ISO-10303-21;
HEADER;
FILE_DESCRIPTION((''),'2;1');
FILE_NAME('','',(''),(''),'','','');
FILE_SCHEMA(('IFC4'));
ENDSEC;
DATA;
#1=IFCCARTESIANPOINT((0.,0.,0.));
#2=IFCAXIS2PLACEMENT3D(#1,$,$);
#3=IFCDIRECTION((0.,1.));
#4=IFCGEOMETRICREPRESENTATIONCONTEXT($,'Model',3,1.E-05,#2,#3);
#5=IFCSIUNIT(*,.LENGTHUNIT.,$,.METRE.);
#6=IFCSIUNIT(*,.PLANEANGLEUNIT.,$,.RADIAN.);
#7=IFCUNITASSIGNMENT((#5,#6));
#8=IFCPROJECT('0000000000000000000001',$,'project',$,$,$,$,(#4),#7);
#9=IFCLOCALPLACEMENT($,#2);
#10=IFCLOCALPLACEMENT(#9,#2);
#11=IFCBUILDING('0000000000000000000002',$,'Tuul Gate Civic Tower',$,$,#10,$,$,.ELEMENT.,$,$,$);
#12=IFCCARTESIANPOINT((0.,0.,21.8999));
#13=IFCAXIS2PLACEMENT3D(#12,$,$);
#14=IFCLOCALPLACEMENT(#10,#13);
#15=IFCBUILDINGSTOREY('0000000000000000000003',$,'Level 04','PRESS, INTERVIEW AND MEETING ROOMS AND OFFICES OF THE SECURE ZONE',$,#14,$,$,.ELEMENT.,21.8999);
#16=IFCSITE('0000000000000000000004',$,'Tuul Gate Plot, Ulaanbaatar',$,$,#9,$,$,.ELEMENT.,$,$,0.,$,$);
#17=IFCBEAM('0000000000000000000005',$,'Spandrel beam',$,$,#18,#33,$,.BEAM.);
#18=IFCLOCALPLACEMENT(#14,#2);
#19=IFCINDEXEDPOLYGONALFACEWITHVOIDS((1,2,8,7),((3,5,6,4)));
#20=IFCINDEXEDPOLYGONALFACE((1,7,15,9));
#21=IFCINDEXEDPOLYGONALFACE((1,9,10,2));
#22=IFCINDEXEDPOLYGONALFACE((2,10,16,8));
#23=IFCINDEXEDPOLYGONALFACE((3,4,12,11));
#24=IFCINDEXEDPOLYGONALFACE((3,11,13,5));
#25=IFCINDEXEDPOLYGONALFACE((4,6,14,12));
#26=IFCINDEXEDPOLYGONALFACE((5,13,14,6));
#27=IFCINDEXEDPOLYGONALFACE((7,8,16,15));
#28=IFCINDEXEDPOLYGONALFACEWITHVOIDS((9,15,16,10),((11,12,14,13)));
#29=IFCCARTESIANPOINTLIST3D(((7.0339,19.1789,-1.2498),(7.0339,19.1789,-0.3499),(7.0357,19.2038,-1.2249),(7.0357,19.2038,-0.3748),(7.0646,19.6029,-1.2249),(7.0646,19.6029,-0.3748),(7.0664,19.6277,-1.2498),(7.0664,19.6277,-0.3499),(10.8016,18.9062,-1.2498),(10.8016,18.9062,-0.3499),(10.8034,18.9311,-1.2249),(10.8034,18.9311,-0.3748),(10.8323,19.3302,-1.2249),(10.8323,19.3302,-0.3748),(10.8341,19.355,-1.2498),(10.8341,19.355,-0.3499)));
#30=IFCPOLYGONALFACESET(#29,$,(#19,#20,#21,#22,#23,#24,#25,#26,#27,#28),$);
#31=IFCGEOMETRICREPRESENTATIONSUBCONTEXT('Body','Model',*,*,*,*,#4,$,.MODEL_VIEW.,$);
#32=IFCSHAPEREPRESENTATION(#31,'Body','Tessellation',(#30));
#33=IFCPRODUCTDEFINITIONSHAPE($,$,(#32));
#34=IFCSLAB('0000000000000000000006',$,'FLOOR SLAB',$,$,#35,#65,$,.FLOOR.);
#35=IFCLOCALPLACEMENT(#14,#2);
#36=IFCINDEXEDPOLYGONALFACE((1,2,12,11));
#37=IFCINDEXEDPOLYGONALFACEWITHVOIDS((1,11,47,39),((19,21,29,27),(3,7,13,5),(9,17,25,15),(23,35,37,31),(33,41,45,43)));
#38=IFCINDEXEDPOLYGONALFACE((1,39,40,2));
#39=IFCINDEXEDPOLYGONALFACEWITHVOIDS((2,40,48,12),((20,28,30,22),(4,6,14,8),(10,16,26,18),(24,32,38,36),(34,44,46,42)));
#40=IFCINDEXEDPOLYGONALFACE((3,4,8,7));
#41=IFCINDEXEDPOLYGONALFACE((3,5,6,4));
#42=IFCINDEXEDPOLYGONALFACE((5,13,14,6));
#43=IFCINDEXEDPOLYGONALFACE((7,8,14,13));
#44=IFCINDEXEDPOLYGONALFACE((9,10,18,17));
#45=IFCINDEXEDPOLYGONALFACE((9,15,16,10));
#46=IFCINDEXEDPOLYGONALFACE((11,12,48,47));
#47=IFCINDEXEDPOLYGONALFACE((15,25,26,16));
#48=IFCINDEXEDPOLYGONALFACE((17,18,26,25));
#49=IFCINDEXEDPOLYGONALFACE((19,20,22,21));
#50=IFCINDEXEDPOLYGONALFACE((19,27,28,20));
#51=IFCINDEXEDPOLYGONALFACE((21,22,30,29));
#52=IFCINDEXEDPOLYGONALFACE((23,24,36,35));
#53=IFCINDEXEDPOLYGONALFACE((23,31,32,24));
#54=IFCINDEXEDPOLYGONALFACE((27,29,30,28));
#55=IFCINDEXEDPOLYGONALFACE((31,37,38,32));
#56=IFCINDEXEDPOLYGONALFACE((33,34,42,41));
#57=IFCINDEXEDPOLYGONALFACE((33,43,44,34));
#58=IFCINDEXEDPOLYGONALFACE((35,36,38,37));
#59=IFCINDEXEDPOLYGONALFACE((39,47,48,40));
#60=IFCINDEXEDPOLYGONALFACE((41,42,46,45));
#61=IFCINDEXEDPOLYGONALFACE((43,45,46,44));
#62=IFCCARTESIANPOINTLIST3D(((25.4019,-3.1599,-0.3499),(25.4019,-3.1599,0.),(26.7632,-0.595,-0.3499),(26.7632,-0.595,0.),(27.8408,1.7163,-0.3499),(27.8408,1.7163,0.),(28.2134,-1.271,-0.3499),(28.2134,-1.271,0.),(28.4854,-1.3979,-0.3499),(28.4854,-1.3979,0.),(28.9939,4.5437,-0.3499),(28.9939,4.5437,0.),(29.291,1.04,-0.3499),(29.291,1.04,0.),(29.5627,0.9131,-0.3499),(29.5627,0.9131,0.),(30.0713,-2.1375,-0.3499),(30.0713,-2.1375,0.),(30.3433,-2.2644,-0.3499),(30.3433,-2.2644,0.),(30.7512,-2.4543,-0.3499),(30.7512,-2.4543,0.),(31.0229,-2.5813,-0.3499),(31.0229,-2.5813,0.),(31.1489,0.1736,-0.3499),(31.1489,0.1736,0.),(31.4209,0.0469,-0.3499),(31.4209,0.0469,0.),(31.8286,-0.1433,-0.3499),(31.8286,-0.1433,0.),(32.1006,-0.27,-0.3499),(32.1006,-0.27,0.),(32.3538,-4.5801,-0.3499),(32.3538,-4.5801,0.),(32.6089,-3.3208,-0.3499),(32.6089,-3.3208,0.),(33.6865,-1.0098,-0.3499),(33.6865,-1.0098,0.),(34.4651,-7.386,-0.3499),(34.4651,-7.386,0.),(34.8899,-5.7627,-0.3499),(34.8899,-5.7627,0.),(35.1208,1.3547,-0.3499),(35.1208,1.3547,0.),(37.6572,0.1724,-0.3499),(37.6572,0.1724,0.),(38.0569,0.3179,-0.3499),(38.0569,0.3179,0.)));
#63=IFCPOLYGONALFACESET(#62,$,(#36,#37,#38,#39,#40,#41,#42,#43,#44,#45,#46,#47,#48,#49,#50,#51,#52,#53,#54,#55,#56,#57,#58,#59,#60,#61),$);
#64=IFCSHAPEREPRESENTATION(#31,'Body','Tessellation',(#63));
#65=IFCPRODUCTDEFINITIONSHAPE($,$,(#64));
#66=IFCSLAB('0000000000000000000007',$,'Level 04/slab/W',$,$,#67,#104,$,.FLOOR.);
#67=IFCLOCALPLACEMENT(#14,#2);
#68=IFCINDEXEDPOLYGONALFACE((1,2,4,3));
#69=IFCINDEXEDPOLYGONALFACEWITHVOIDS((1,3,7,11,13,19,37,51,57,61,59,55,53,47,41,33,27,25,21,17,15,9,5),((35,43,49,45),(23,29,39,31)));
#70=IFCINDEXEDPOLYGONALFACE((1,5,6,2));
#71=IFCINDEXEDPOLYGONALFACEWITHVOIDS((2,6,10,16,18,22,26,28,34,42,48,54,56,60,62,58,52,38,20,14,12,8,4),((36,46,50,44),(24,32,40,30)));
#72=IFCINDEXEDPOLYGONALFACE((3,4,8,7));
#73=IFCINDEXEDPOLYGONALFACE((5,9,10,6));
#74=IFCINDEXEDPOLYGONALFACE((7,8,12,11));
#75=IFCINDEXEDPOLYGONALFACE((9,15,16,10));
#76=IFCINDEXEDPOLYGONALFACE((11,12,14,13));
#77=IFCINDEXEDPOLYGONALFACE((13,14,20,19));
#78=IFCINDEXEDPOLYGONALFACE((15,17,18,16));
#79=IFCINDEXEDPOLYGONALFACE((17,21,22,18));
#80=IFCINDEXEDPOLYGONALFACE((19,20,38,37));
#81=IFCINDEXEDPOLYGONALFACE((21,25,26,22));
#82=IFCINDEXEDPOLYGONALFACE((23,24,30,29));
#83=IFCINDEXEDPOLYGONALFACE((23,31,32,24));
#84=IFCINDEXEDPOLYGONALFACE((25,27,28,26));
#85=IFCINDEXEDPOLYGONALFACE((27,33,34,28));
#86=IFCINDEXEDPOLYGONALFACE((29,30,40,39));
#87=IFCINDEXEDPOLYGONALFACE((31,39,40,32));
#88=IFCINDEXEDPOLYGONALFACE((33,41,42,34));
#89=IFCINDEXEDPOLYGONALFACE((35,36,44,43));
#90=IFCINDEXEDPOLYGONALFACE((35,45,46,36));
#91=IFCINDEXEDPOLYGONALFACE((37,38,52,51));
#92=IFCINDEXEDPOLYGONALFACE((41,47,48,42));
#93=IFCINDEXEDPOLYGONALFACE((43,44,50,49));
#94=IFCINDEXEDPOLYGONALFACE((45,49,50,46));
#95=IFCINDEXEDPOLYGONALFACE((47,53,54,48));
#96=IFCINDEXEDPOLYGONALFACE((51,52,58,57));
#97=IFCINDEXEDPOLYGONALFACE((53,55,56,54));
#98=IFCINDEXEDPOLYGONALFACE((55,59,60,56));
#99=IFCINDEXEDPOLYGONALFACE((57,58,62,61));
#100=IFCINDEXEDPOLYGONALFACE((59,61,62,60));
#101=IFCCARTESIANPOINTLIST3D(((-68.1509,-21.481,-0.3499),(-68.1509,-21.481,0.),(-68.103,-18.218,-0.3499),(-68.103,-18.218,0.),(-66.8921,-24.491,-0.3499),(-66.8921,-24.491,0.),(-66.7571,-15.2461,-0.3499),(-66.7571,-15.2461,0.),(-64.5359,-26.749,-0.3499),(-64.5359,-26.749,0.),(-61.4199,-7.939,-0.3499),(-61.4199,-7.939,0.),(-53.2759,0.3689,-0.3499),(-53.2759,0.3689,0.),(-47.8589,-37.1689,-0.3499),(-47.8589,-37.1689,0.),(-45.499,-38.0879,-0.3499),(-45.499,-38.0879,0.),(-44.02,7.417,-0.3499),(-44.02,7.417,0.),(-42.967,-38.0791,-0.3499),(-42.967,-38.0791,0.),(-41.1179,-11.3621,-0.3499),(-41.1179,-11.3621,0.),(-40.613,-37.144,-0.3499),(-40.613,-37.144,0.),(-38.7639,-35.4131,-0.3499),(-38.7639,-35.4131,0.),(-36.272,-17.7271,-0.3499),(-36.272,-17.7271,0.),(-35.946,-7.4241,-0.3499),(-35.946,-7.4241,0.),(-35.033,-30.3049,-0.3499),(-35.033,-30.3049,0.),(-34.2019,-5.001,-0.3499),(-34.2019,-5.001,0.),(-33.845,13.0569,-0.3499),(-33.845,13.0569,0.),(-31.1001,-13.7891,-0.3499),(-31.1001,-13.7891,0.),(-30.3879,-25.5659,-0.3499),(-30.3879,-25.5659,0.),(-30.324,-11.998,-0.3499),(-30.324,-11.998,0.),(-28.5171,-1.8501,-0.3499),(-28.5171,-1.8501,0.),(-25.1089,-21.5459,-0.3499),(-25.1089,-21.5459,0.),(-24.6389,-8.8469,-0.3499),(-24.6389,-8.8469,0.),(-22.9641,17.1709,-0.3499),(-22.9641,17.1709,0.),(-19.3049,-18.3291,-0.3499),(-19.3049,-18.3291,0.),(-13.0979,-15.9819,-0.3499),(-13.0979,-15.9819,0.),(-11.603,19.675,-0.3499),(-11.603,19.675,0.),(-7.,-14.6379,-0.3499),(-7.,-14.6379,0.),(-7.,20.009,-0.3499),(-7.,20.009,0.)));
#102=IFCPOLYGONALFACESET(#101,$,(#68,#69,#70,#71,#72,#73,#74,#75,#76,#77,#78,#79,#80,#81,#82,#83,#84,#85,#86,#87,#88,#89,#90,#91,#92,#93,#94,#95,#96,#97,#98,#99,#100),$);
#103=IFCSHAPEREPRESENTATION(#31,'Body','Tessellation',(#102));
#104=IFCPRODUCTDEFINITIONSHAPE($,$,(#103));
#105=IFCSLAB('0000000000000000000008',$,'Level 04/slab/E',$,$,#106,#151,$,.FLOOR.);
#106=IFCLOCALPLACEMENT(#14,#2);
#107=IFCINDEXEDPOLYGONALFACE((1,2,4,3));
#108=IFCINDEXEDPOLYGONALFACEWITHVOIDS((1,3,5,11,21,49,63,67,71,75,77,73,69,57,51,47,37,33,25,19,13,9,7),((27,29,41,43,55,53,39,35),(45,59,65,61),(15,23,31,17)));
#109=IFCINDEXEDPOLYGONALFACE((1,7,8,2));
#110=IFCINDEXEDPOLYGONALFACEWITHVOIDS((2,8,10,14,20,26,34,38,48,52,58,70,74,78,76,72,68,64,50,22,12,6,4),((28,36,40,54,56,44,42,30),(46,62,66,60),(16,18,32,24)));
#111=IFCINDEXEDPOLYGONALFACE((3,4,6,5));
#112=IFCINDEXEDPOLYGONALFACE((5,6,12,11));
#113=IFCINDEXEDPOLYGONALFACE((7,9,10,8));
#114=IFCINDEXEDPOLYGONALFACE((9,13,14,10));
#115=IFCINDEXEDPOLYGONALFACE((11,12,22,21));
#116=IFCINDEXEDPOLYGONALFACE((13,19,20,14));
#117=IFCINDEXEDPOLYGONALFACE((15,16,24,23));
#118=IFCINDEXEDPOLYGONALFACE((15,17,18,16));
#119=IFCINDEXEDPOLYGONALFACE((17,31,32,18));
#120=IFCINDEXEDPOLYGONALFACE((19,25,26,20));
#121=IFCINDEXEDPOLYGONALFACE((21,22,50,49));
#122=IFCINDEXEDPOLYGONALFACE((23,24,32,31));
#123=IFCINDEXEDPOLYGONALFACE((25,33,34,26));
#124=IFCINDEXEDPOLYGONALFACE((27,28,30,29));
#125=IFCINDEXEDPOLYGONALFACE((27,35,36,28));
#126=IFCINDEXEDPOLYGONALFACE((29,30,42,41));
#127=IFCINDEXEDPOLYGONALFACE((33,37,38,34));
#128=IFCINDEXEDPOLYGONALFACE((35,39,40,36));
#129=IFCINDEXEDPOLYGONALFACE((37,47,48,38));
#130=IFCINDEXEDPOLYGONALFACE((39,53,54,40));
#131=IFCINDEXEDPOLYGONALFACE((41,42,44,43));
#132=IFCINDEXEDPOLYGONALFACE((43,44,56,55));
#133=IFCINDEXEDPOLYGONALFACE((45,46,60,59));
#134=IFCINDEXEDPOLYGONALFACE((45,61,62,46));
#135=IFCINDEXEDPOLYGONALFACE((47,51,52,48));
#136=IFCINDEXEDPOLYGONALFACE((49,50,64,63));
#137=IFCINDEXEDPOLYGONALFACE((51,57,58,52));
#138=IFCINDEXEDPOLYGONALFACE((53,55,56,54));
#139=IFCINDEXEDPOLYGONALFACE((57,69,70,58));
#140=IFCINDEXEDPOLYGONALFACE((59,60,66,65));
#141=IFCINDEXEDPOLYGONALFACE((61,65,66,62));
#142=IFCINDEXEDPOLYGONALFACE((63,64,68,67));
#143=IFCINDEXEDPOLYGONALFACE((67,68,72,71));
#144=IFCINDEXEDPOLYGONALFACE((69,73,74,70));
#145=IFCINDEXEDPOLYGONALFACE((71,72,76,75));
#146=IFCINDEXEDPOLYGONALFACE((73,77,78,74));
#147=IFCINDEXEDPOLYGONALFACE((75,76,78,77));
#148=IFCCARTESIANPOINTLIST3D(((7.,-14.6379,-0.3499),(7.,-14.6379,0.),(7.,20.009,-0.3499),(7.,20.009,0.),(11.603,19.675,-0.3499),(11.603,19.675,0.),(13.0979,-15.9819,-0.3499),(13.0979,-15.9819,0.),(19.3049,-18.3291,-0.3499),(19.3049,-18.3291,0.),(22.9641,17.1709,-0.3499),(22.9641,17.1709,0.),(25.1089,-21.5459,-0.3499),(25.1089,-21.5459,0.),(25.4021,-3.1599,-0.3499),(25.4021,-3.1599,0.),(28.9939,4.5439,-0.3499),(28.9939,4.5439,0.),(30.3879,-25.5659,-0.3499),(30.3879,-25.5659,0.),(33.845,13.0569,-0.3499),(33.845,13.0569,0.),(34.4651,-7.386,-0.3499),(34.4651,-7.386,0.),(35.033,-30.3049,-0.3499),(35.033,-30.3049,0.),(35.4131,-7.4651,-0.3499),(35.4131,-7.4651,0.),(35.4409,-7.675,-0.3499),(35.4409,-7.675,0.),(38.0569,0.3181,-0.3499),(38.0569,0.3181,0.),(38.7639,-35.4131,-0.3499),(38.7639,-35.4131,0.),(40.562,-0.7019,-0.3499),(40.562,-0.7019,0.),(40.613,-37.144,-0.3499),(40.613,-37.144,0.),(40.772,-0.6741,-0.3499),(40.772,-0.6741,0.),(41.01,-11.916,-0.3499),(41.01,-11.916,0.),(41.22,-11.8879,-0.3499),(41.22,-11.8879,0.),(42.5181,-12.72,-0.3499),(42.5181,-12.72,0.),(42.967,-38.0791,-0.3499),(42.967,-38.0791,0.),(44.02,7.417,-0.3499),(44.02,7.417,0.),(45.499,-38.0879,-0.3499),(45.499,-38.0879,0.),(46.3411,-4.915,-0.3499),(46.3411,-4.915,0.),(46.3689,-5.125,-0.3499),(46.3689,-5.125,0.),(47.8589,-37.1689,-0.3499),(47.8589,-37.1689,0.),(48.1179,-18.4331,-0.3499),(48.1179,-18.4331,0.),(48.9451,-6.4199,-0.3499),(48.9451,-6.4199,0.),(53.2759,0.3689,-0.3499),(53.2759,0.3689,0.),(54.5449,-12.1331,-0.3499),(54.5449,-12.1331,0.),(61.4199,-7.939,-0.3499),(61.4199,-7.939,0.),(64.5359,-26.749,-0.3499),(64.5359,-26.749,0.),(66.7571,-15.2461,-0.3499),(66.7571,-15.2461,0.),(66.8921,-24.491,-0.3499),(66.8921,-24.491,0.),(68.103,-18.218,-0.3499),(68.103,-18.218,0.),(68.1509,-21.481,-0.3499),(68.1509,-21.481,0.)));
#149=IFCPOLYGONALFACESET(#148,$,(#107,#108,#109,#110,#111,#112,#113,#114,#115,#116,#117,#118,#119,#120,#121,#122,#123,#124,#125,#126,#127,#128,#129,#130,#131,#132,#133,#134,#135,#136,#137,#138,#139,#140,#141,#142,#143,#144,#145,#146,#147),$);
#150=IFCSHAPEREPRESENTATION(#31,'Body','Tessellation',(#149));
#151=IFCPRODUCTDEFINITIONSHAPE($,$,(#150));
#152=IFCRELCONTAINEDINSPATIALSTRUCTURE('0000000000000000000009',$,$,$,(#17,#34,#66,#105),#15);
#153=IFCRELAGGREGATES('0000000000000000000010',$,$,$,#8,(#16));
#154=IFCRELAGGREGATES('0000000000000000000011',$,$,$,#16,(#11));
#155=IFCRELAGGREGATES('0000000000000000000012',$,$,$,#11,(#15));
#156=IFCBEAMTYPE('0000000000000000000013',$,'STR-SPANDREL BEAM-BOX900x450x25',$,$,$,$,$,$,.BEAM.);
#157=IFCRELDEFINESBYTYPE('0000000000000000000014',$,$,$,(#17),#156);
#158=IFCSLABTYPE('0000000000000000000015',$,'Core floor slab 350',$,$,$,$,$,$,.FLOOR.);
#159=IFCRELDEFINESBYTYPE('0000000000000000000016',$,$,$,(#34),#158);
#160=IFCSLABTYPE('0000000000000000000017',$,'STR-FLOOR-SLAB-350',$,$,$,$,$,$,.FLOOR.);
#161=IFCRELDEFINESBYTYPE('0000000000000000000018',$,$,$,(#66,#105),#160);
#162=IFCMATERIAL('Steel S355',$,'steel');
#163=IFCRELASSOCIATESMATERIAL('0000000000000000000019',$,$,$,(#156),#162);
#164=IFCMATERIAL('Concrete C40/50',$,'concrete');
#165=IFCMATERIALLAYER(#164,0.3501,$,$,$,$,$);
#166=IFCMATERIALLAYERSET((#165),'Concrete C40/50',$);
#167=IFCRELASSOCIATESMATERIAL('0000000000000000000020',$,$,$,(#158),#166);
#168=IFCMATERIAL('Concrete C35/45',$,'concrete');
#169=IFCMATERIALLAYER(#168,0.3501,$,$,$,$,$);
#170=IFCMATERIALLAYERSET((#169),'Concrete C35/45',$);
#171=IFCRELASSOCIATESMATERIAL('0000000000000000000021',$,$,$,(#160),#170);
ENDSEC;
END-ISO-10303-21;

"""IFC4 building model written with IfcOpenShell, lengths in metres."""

from ifc_helpers import new_model, si_unit, direction, frame, origin, origin_2d, place, context, subcontext, project, spatial, polyline, hollow_rectangle, outline, extrude, material, layer, layer_set, material_profile, profile_set, type_object, element, save


model = new_model("IFC4")

# Units and contexts
model_context = context("Model", 3, precision=1e-05, world=origin(), true_north=direction((0.0, 1.0)))
body_context = subcontext(model_context, "Body", "Model", "MODEL_VIEW")
ifc_project = project(units=[si_unit("LENGTHUNIT", "METRE"), si_unit("PLANEANGLEUNIT", "RADIAN")], contexts=[model_context])

# Site, building, storey
site_placement = place(None, origin())
site = spatial("IfcSite", under=ifc_project, at=site_placement, Name="Tuul Gate Plot, Ulaanbaatar", CompositionType="ELEMENT", RefElevation=0.0)
building_placement = place(site_placement, origin())
building = spatial("IfcBuilding", under=site, at=building_placement, Name="Tuul Gate Civic Tower", CompositionType="ELEMENT")
storey_placement = place(building_placement, frame((0.0, 0.0, 21.8999)))
storey = spatial("IfcBuildingStorey", under=building, at=storey_placement, Name="Level 04", Description="PRESS, INTERVIEW AND MEETING ROOMS AND OFFICES OF THE SECURE ZONE", CompositionType="ELEMENT", Elevation=21.8999)

# Beam
ifc_material_1 = material(Name="Steel S355", Category="steel")
ifc_material_profile_1 = material_profile(ifc_material_1, hollow_rectangle(XDim=0.45, YDim=0.8999, WallThickness=0.0249, at=origin_2d()), Name="BOX900x450x25")
ifc_profile_set_1 = profile_set([ifc_material_profile_1], Name="Steel S355")
beam_type_1 = type_object("IfcBeamType", Name="STR-SPANDREL BEAM-BOX900x450x25", PredefinedType="BEAM", material=ifc_profile_set_1)
beam_1_placement = place(storey_placement, frame((10.8179, 19.1306, -0.7998), z_axis=(-0.997391, 0.072189, 0.0), x_axis=(-0.072189, -0.997391, 0.0)))
element("IfcBeam", 1, at=beam_1_placement, inside=storey, type_object=beam_type_1, Name="Spandrel beam", PredefinedType="BEAM", context=body_context, shape_type="SweptSolid", body=[
    extrude(hollow_rectangle(XDim=0.45, YDim=0.8999, WallThickness=0.0249, at=origin_2d()), origin(), (0.0, 0.0, 1.0), 3.7776),
])

# Slabs
ifc_material_2 = material(Name="Concrete C40/50", Category="concrete")
ifc_layer_1 = layer(ifc_material_2, 0.3501)
ifc_layer_set_1 = layer_set([ifc_layer_1], Name="Concrete C40/50")
slab_type_1 = type_object("IfcSlabType", Name="Core floor slab 350", PredefinedType="FLOOR", material=ifc_layer_set_1)
slab_1_placement = place(storey_placement, frame((0.0, 0.0, -0.3499)))
element("IfcSlab", 2, at=slab_1_placement, inside=storey, type_object=slab_type_1, Name="FLOOR SLAB", PredefinedType="FLOOR", context=body_context, shape_type="SweptSolid", body=[
    extrude(outline(polyline([(34.4651, -7.386), (38.0569, 0.3179), (28.9939, 4.5437), (25.4019, -3.1599), (34.4651, -7.386)]), holes=[polyline([(32.6089, -3.3208), (33.6865, -1.0098), (32.1006, -0.27), (31.0229, -2.5813), (32.6089, -3.3208)]), polyline([(30.0713, -2.1375), (31.1489, 0.1736), (29.5627, 0.9131), (28.4854, -1.3979), (30.0713, -2.1375)]), polyline([(30.7512, -2.4543), (31.8286, -0.1433), (31.4209, 0.0469), (30.3433, -2.2644), (30.7512, -2.4543)]), polyline([(28.2134, -1.271), (29.291, 1.04), (27.8408, 1.7163), (26.7632, -0.595), (28.2134, -1.271)]), polyline([(34.8899, -5.7627), (32.3538, -4.5801), (35.1208, 1.3547), (37.6572, 0.1724), (34.8899, -5.7627)])]), origin(), (0.0, 0.0, 1.0), 0.3499),
])
ifc_material_3 = material(Name="Concrete C35/45", Category="concrete")
ifc_layer_2 = layer(ifc_material_3, 0.3501)
ifc_layer_set_2 = layer_set([ifc_layer_2], Name="Concrete C35/45")
slab_type_2 = type_object("IfcSlabType", Name="STR-FLOOR-SLAB-350", PredefinedType="FLOOR", material=ifc_layer_set_2)
slab_2_placement = place(storey_placement, frame((0.0, 0.0, -0.3499)))
element("IfcSlab", 3, at=slab_2_placement, inside=storey, type_object=slab_type_2, Name="Level 04/slab/W", PredefinedType="FLOOR", context=body_context, shape_type="SweptSolid", body=[
    extrude(outline(polyline([(-19.3049, -18.3291), (-13.0979, -15.9819), (-7.0, -14.6379), (-7.0, 20.009), (-11.603, 19.675), (-22.9641, 17.1709), (-33.845, 13.0569), (-44.02, 7.417), (-53.2759, 0.3689), (-61.4199, -7.939), (-66.7571, -15.2461), (-68.103, -18.218), (-68.1509, -21.481), (-66.8921, -24.491), (-64.5359, -26.749), (-47.8589, -37.1689), (-45.499, -38.0879), (-42.967, -38.0791), (-40.613, -37.144), (-38.7639, -35.4131), (-35.033, -30.3049), (-30.3879, -25.5659), (-25.1089, -21.5459), (-19.3049, -18.3291)]), holes=[polyline([(-31.1001, -13.7891), (-36.272, -17.7271), (-41.1179, -11.3621), (-35.946, -7.4241), (-31.1001, -13.7891)]), polyline([(-30.324, -11.998), (-34.2019, -5.001), (-28.5171, -1.8501), (-24.6389, -8.8469), (-30.324, -11.998)])]), origin(), (0.0, 0.0, 1.0), 0.3499),
])
slab_3_placement = place(storey_placement, frame((0.0, 0.0, -0.3499)))
element("IfcSlab", 4, at=slab_3_placement, inside=storey, type_object=slab_type_2, Name="Level 04/slab/E", PredefinedType="FLOOR", context=body_context, shape_type="SweptSolid", body=[
    extrude(outline(polyline([(22.9641, 17.1709), (11.603, 19.675), (7.0, 20.009), (7.0, -14.6379), (13.0979, -15.9819), (19.3049, -18.3291), (25.1089, -21.5459), (30.3879, -25.5659), (35.033, -30.3049), (38.7639, -35.4131), (40.613, -37.144), (42.967, -38.0791), (45.499, -38.0879), (47.8589, -37.1689), (64.5359, -26.749), (66.8921, -24.491), (68.1509, -21.481), (68.103, -18.218), (66.7571, -15.2461), (61.4199, -7.939), (53.2759, 0.3689), (44.02, 7.417), (33.845, 13.0569), (22.9641, 17.1709)]), holes=[polyline([(42.5181, -12.72), (48.9451, -6.4199), (54.5449, -12.1331), (48.1179, -18.4331), (42.5181, -12.72)]), polyline([(41.01, -11.916), (35.4409, -7.675), (35.4131, -7.4651), (40.562, -0.7019), (40.772, -0.6741), (46.3411, -4.915), (46.3689, -5.125), (41.22, -11.8879), (41.01, -11.916)]), polyline([(25.4021, -3.1599), (28.9939, 4.5439), (38.0569, 0.3181), (34.4651, -7.386), (25.4021, -3.1599)])]), origin(), (0.0, 0.0, 1.0), 0.3499),
])

save(model, "model.ifc")
